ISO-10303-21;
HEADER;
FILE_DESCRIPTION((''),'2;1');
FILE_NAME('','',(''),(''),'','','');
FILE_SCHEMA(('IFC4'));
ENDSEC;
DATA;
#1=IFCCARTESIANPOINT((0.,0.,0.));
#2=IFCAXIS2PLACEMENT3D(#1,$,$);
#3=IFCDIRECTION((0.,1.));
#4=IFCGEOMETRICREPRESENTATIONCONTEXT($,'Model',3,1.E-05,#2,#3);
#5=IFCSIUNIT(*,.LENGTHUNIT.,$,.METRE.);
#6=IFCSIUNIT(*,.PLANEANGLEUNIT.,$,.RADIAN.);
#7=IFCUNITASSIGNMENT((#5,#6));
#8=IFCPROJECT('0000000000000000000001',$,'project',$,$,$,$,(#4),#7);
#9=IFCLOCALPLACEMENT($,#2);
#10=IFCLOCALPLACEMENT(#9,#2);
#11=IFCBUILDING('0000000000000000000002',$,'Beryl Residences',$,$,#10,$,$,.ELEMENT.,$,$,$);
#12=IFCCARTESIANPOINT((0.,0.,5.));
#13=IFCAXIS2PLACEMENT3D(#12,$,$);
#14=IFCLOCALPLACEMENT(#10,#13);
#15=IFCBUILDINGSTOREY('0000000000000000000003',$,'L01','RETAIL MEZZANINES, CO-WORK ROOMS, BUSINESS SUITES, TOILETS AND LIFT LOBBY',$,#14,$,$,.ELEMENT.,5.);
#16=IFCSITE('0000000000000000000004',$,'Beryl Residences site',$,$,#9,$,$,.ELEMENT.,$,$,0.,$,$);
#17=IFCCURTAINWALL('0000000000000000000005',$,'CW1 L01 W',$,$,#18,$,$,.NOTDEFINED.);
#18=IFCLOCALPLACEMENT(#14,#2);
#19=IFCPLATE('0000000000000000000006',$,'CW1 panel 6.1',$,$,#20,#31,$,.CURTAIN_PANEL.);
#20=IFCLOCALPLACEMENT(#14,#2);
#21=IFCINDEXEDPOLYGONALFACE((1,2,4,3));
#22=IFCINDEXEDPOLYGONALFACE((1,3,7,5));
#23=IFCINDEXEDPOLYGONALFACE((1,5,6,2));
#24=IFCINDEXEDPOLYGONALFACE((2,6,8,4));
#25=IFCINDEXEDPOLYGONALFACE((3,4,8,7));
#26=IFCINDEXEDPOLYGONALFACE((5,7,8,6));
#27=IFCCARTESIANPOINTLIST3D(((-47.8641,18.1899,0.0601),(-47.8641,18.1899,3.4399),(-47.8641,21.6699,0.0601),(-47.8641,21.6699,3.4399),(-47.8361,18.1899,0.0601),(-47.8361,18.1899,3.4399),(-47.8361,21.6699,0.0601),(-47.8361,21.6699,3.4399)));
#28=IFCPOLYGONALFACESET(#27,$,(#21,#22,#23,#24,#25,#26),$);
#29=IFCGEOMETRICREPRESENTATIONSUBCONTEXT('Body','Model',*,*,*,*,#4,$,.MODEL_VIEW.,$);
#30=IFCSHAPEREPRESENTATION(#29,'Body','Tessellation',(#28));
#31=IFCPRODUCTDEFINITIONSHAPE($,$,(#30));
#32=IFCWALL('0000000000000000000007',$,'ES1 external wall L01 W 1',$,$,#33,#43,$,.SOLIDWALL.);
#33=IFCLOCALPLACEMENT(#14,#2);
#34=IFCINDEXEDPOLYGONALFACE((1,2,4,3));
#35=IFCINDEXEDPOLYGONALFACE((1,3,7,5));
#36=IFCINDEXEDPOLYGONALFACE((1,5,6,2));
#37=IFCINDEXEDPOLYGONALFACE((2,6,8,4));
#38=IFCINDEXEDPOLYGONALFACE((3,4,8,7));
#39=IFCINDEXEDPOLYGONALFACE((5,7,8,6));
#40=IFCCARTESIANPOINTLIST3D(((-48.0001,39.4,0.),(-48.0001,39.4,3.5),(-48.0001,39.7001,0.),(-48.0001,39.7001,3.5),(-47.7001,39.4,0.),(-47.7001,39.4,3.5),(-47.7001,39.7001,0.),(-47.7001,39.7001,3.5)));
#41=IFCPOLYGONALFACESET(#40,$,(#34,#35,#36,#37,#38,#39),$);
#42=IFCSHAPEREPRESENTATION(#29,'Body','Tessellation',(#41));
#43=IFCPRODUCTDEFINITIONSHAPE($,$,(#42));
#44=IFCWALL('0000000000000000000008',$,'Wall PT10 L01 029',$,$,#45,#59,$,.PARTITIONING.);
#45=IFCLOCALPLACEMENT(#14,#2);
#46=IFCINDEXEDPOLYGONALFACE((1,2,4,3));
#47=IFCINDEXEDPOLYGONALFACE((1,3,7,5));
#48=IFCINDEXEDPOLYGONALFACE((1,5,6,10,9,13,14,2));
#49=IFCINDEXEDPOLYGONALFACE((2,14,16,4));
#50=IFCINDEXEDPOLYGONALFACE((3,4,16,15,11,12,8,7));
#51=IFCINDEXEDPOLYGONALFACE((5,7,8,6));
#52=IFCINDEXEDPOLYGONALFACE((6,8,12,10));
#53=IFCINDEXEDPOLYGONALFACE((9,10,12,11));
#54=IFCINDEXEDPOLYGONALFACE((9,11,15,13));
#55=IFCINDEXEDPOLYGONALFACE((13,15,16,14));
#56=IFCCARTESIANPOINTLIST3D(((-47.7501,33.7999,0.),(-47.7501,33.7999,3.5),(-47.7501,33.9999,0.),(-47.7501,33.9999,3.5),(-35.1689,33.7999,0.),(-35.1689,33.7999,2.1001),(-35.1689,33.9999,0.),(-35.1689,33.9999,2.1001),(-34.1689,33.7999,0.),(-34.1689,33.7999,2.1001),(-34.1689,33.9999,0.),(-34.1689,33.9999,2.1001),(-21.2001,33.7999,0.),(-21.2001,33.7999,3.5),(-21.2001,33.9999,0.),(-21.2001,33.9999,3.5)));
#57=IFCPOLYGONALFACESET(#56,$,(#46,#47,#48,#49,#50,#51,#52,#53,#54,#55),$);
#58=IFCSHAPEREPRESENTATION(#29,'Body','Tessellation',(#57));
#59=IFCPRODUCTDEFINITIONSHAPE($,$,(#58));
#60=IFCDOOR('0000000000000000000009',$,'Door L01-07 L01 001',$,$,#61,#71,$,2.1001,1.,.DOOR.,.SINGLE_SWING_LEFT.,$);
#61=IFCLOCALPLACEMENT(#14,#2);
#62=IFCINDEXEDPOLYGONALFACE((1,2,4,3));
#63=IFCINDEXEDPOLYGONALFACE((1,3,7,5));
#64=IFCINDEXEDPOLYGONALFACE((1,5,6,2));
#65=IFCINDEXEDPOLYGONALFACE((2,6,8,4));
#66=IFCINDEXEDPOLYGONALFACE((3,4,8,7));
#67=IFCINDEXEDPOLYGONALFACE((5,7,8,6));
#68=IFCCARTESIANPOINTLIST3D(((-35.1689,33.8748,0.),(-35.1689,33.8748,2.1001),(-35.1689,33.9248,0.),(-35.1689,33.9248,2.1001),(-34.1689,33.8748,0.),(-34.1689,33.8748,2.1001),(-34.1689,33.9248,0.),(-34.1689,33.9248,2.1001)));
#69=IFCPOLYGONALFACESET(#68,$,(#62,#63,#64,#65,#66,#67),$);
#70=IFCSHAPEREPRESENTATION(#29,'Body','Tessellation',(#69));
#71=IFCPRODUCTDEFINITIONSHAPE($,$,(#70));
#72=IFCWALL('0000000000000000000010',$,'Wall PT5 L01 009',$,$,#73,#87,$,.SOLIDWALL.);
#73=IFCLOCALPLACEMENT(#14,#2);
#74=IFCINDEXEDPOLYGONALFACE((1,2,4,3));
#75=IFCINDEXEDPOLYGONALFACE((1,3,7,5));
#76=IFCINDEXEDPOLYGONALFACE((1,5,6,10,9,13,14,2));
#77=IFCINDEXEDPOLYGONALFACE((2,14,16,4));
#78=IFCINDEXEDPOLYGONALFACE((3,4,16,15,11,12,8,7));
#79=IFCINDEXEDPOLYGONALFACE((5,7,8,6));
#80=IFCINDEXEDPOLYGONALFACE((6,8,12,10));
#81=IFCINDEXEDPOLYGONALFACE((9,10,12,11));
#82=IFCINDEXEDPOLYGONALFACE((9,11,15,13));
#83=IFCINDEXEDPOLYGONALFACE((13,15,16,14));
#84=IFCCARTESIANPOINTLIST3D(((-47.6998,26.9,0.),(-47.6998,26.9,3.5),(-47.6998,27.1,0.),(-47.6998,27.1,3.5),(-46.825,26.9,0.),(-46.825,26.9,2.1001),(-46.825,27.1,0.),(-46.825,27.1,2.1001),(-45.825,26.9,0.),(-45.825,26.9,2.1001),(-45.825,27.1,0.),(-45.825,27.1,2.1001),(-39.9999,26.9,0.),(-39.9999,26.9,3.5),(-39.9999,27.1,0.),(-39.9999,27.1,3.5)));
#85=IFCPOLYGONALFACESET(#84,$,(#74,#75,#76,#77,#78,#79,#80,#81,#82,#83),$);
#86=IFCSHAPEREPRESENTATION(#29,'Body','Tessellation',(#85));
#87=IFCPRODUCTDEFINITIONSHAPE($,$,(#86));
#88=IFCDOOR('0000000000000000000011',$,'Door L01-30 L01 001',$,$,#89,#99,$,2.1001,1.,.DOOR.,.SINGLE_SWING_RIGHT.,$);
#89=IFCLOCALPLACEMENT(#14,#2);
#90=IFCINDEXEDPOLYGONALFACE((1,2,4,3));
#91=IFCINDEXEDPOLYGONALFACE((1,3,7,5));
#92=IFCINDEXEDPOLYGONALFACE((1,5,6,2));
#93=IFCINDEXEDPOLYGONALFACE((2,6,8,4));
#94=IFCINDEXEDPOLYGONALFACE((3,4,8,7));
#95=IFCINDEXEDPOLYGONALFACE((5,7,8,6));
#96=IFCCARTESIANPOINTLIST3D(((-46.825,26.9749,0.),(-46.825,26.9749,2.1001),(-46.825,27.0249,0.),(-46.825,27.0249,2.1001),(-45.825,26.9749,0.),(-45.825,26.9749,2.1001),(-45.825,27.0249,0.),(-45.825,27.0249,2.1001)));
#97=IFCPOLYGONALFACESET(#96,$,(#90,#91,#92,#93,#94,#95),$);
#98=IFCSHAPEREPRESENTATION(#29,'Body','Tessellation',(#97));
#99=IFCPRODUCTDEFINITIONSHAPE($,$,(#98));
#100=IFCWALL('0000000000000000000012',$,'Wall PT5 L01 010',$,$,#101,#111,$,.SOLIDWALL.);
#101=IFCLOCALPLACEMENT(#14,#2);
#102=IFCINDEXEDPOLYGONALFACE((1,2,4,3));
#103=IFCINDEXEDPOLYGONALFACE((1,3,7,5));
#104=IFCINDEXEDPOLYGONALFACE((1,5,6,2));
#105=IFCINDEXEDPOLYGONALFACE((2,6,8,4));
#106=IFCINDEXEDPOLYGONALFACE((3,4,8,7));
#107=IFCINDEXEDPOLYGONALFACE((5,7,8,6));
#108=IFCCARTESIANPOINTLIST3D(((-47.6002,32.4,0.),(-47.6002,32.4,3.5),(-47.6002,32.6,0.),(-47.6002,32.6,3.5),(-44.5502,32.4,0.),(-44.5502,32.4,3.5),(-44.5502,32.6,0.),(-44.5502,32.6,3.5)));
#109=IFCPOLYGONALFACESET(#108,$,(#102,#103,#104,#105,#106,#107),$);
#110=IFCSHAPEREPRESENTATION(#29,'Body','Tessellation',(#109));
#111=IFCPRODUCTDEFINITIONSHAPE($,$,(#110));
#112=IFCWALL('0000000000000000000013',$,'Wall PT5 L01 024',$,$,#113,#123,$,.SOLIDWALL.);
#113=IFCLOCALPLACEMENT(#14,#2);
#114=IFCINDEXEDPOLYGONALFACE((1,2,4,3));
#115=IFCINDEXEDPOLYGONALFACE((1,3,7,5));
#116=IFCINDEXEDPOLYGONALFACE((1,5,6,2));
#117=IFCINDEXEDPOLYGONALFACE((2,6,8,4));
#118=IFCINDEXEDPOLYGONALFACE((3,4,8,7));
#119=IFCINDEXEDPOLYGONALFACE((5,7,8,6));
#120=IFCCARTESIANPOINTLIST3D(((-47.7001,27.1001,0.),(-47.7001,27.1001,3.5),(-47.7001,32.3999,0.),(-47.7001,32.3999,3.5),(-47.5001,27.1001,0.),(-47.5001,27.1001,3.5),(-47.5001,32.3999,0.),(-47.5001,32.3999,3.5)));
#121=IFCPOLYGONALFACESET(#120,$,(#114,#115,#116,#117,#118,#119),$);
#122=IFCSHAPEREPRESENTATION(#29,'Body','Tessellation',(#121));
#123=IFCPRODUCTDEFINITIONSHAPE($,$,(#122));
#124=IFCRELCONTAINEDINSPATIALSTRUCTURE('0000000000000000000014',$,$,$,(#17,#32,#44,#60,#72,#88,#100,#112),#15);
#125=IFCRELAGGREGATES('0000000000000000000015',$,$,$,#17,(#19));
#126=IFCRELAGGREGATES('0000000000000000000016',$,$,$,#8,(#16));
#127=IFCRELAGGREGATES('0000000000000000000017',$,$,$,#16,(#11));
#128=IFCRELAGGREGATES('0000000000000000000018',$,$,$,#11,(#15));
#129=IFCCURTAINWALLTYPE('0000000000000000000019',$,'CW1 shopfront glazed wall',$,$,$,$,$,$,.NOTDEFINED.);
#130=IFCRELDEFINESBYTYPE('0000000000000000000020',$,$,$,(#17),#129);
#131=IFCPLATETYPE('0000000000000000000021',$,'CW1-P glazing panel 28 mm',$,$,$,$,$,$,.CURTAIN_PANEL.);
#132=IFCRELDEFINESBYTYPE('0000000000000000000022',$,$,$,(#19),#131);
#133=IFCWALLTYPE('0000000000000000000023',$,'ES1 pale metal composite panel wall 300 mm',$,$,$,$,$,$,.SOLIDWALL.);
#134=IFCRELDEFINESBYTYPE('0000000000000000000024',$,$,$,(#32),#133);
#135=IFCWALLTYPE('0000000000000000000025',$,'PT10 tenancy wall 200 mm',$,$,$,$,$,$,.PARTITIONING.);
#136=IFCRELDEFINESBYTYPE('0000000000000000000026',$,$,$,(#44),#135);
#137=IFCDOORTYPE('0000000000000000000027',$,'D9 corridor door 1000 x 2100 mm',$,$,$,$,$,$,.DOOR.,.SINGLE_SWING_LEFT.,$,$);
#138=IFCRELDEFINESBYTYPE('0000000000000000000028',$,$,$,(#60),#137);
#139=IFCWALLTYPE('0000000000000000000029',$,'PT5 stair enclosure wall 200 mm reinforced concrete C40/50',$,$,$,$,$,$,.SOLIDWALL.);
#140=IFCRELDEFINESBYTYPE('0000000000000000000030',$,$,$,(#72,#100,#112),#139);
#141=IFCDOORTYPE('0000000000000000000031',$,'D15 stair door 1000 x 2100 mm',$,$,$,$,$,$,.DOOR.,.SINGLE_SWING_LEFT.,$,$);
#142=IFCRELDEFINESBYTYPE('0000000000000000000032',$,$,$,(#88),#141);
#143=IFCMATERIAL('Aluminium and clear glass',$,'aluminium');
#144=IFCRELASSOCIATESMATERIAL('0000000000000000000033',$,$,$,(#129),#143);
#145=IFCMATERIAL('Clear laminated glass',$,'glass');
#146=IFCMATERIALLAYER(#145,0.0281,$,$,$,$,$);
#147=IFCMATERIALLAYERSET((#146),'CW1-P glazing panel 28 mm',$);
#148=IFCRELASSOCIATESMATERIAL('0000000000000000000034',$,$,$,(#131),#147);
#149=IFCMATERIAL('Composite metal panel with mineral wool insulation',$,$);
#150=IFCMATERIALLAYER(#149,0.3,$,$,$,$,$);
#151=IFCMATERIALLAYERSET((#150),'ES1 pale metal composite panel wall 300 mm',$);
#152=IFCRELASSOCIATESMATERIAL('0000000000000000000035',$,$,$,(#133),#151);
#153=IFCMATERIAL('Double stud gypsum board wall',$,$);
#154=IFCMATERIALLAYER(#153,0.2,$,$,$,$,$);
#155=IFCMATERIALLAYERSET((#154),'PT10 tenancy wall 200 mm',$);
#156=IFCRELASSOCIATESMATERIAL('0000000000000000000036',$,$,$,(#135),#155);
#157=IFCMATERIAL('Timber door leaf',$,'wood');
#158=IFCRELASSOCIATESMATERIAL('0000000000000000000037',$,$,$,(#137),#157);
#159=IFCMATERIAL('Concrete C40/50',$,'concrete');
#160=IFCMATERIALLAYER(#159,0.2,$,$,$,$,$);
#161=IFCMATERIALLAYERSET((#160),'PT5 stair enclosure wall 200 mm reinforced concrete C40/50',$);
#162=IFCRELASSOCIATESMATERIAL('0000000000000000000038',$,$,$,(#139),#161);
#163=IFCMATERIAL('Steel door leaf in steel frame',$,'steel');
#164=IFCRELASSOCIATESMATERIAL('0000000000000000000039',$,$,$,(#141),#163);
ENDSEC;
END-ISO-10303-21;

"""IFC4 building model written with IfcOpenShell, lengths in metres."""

from ifc_helpers import new_model, si_unit, direction, frame, frame_2d, origin, origin_2d, place, context, subcontext, project, spatial, rectangle, extrude, material, layer, layer_set, type_object, element, fill, aggregate, save


model = new_model("IFC4")

# Units and contexts
model_context = context("Model", 3, precision=1e-05, world=origin(), true_north=direction((0.0, 1.0)))
body_context = subcontext(model_context, "Body", "Model", "MODEL_VIEW")
ifc_project = project(units=[si_unit("LENGTHUNIT", "METRE"), si_unit("PLANEANGLEUNIT", "RADIAN")], contexts=[model_context])

# Site, building, storey
site_placement = place(None, origin())
site = spatial("IfcSite", under=ifc_project, at=site_placement, Name="Beryl Residences site", CompositionType="ELEMENT", RefElevation=0.0)
building_placement = place(site_placement, origin())
building = spatial("IfcBuilding", under=site, at=building_placement, Name="Beryl Residences", CompositionType="ELEMENT")
storey_placement = place(building_placement, frame((0.0, 0.0, 5.0)))
storey = spatial("IfcBuildingStorey", under=building, at=storey_placement, Name="L01", Description="RETAIL MEZZANINES, CO-WORK ROOMS, BUSINESS SUITES, TOILETS AND LIFT LOBBY", CompositionType="ELEMENT", Elevation=5.0)

# Curtain wall, plate
ifc_material_1 = material(Name="Aluminium and clear glass", Category="aluminium")
curtain_wall_type = type_object("IfcCurtainWallType", Name="CW1 shopfront glazed wall", PredefinedType="NOTDEFINED", material=ifc_material_1)
curtain_wall_placement = place(storey_placement, origin())
curtain_wall = element("IfcCurtainWall", 1, at=curtain_wall_placement, inside=storey, type_object=curtain_wall_type, Name="CW1 L01 W", PredefinedType="NOTDEFINED")
ifc_material_2 = material(Name="Clear laminated glass", Category="glass")
ifc_layer_1 = layer(ifc_material_2, 0.0281)
ifc_layer_set_1 = layer_set([ifc_layer_1], Name="CW1-P glazing panel 28 mm")
plate_type = type_object("IfcPlateType", Name="CW1-P glazing panel 28 mm", PredefinedType="CURTAIN_PANEL", material=ifc_layer_set_1)
plate_1_placement = place(storey_placement, frame((-47.8501, 19.9299, 0.0601), z_axis=(0.0, 0.0, 1.0), x_axis=(0.0, -1.0, 0.0)))
plate_1 = element("IfcPlate", 2, at=plate_1_placement, type_object=plate_type, Name="CW1 panel 6.1", PredefinedType="CURTAIN_PANEL", context=body_context, shape_type="SweptSolid", body=[
    extrude(rectangle(XDim=3.48, YDim=0.0281, at=origin_2d()), origin(), (0.0, 0.0, 1.0), 3.3799),
])
aggregate(curtain_wall, [plate_1])

# Wall
ifc_material_3 = material(Name="Composite metal panel with mineral wool insulation")
ifc_layer_2 = layer(ifc_material_3, 0.3)
ifc_layer_set_2 = layer_set([ifc_layer_2], Name="ES1 pale metal composite panel wall 300 mm")
wall_type_1 = type_object("IfcWallType", Name="ES1 pale metal composite panel wall 300 mm", PredefinedType="SOLIDWALL", material=ifc_layer_set_2)
wall_1_placement = place(storey_placement, frame((-47.8501, 39.7, 0.0), z_axis=(0.0, 0.0, 1.0), x_axis=(0.0, -1.0, 0.0)))
element("IfcWall", 3, at=wall_1_placement, inside=storey, type_object=wall_type_1, Name="ES1 external wall L01 W 1", PredefinedType="SOLIDWALL", context=body_context, shape_type="SweptSolid", body=[
    extrude(rectangle(XDim=0.3, YDim=0.3, at=frame_2d((0.1499, 0.0))), origin(), (0.0, 0.0, 1.0), 3.5),
])

# Walls, openings, doors
ifc_material_4 = material(Name="Double stud gypsum board wall")
ifc_layer_3 = layer(ifc_material_4, 0.2)
ifc_layer_set_3 = layer_set([ifc_layer_3], Name="PT10 tenancy wall 200 mm")
wall_type_2 = type_object("IfcWallType", Name="PT10 tenancy wall 200 mm", PredefinedType="PARTITIONING", material=ifc_layer_set_3)
wall_2_placement = place(storey_placement, frame((-47.75, 33.8999, 0.0), z_axis=(0.0, 0.0, 1.0), x_axis=(1.0, 0.0, 0.0)))
wall_2 = element("IfcWall", 4, at=wall_2_placement, inside=storey, type_object=wall_type_2, Name="Wall PT10 L01 029", PredefinedType="PARTITIONING", context=body_context, shape_type="SweptSolid", body=[
    extrude(rectangle(XDim=26.55, YDim=0.2, at=frame_2d((13.2749, 0.0))), origin(), (0.0, 0.0, 1.0), 3.5),
])
opening_1_placement = place(wall_2_placement, frame((12.5811, 0.0, 0.0)))
opening_1 = element("IfcOpeningElement", 5, at=opening_1_placement, cuts=wall_2, PredefinedType="OPENING", context=body_context, shape_type="SweptSolid", body=[
    extrude(rectangle(XDim=1.0, YDim=2.1001, at=frame_2d((0.5, 1.05))), frame((0.0, 0.1099, 0.0), z_axis=(0.0, -1.0, 0.0), x_axis=(1.0, 0.0, 0.0)), (0.0, 0.0, 1.0), 0.22),
])
ifc_material_5 = material(Name="Timber door leaf", Category="wood")
door_type_1 = type_object("IfcDoorType", Name="D9 corridor door 1000 x 2100 mm", OperationType="SINGLE_SWING_LEFT", PredefinedType="DOOR", material=ifc_material_5)
door_1_placement = place(opening_1_placement, origin())
door_1 = element("IfcDoor", 6, at=door_1_placement, inside=storey, type_object=door_type_1, Name="Door L01-07 L01 001", OperationType="SINGLE_SWING_LEFT", OverallHeight=2.1001, OverallWidth=1.0, PredefinedType="DOOR", context=body_context, shape_type="SweptSolid", body=[
    extrude(rectangle(XDim=1.0, YDim=2.1001, at=frame_2d((0.5, 1.05))), frame((0.0, 0.0249, 0.0), z_axis=(0.0, -1.0, 0.0), x_axis=(1.0, 0.0, 0.0)), (0.0, 0.0, 1.0), 0.05),
])
fill(opening_1, door_1)
ifc_material_6 = material(Name="Concrete C40/50", Category="concrete")
ifc_layer_4 = layer(ifc_material_6, 0.2)
ifc_layer_set_4 = layer_set([ifc_layer_4], Name="PT5 stair enclosure wall 200 mm reinforced concrete C40/50")
wall_type_3 = type_object("IfcWallType", Name="PT5 stair enclosure wall 200 mm reinforced concrete C40/50", PredefinedType="SOLIDWALL", material=ifc_layer_set_4)
wall_3_placement = place(storey_placement, frame((-47.7, 27.0, 0.0), z_axis=(0.0, 0.0, 1.0), x_axis=(1.0, 0.0, 0.0)))
wall_3 = element("IfcWall", 7, at=wall_3_placement, inside=storey, type_object=wall_type_3, Name="Wall PT5 L01 009", PredefinedType="SOLIDWALL", context=body_context, shape_type="SweptSolid", body=[
    extrude(rectangle(XDim=7.7, YDim=0.2, at=frame_2d((3.8501, 0.0))), origin(), (0.0, 0.0, 1.0), 3.5),
])
opening_2_placement = place(wall_3_placement, frame((0.875, 0.0, 0.0)))
opening_2 = element("IfcOpeningElement", 8, at=opening_2_placement, cuts=wall_3, PredefinedType="OPENING", context=body_context, shape_type="SweptSolid", body=[
    extrude(rectangle(XDim=1.0, YDim=2.1001, at=frame_2d((0.5, 1.05))), frame((0.0, 0.1099, 0.0), z_axis=(0.0, -1.0, 0.0), x_axis=(1.0, 0.0, 0.0)), (0.0, 0.0, 1.0), 0.22),
])
ifc_material_7 = material(Name="Steel door leaf in steel frame", Category="steel")
door_type_2 = type_object("IfcDoorType", Name="D15 stair door 1000 x 2100 mm", OperationType="SINGLE_SWING_LEFT", PredefinedType="DOOR", material=ifc_material_7)
door_2_placement = place(opening_2_placement, origin())
door_2 = element("IfcDoor", 9, at=door_2_placement, inside=storey, type_object=door_type_2, Name="Door L01-30 L01 001", OperationType="SINGLE_SWING_RIGHT", OverallHeight=2.1001, OverallWidth=1.0, PredefinedType="DOOR", context=body_context, shape_type="SweptSolid", body=[
    extrude(rectangle(XDim=1.0, YDim=2.1001, at=frame_2d((0.5, 1.05))), frame((0.0, 0.0249, 0.0), z_axis=(0.0, -1.0, 0.0), x_axis=(1.0, 0.0, 0.0)), (0.0, 0.0, 1.0), 0.05),
])
fill(opening_2, door_2)

# Walls
wall_4_placement = place(storey_placement, frame((-47.6001, 32.5, 0.0), z_axis=(0.0, 0.0, 1.0), x_axis=(1.0, 0.0, 0.0)))
element("IfcWall", 10, at=wall_4_placement, inside=storey, type_object=wall_type_3, Name="Wall PT5 L01 010", PredefinedType="SOLIDWALL", context=body_context, shape_type="SweptSolid", body=[
    extrude(rectangle(XDim=3.05, YDim=0.2, at=frame_2d((1.5249, 0.0))), origin(), (0.0, 0.0, 1.0), 3.5),
])
wall_5_placement = place(storey_placement, frame((-47.6001, 27.1001, 0.0), z_axis=(0.0, 0.0, 1.0), x_axis=(0.0, 1.0, 0.0)))
element("IfcWall", 11, at=wall_5_placement, inside=storey, type_object=wall_type_3, Name="Wall PT5 L01 024", PredefinedType="SOLIDWALL", context=body_context, shape_type="SweptSolid", body=[
    extrude(rectangle(XDim=5.2998, YDim=0.2, at=frame_2d((2.6499, 0.0))), origin(), (0.0, 0.0, 1.0), 3.5),
])

save(model, "model.ifc")
